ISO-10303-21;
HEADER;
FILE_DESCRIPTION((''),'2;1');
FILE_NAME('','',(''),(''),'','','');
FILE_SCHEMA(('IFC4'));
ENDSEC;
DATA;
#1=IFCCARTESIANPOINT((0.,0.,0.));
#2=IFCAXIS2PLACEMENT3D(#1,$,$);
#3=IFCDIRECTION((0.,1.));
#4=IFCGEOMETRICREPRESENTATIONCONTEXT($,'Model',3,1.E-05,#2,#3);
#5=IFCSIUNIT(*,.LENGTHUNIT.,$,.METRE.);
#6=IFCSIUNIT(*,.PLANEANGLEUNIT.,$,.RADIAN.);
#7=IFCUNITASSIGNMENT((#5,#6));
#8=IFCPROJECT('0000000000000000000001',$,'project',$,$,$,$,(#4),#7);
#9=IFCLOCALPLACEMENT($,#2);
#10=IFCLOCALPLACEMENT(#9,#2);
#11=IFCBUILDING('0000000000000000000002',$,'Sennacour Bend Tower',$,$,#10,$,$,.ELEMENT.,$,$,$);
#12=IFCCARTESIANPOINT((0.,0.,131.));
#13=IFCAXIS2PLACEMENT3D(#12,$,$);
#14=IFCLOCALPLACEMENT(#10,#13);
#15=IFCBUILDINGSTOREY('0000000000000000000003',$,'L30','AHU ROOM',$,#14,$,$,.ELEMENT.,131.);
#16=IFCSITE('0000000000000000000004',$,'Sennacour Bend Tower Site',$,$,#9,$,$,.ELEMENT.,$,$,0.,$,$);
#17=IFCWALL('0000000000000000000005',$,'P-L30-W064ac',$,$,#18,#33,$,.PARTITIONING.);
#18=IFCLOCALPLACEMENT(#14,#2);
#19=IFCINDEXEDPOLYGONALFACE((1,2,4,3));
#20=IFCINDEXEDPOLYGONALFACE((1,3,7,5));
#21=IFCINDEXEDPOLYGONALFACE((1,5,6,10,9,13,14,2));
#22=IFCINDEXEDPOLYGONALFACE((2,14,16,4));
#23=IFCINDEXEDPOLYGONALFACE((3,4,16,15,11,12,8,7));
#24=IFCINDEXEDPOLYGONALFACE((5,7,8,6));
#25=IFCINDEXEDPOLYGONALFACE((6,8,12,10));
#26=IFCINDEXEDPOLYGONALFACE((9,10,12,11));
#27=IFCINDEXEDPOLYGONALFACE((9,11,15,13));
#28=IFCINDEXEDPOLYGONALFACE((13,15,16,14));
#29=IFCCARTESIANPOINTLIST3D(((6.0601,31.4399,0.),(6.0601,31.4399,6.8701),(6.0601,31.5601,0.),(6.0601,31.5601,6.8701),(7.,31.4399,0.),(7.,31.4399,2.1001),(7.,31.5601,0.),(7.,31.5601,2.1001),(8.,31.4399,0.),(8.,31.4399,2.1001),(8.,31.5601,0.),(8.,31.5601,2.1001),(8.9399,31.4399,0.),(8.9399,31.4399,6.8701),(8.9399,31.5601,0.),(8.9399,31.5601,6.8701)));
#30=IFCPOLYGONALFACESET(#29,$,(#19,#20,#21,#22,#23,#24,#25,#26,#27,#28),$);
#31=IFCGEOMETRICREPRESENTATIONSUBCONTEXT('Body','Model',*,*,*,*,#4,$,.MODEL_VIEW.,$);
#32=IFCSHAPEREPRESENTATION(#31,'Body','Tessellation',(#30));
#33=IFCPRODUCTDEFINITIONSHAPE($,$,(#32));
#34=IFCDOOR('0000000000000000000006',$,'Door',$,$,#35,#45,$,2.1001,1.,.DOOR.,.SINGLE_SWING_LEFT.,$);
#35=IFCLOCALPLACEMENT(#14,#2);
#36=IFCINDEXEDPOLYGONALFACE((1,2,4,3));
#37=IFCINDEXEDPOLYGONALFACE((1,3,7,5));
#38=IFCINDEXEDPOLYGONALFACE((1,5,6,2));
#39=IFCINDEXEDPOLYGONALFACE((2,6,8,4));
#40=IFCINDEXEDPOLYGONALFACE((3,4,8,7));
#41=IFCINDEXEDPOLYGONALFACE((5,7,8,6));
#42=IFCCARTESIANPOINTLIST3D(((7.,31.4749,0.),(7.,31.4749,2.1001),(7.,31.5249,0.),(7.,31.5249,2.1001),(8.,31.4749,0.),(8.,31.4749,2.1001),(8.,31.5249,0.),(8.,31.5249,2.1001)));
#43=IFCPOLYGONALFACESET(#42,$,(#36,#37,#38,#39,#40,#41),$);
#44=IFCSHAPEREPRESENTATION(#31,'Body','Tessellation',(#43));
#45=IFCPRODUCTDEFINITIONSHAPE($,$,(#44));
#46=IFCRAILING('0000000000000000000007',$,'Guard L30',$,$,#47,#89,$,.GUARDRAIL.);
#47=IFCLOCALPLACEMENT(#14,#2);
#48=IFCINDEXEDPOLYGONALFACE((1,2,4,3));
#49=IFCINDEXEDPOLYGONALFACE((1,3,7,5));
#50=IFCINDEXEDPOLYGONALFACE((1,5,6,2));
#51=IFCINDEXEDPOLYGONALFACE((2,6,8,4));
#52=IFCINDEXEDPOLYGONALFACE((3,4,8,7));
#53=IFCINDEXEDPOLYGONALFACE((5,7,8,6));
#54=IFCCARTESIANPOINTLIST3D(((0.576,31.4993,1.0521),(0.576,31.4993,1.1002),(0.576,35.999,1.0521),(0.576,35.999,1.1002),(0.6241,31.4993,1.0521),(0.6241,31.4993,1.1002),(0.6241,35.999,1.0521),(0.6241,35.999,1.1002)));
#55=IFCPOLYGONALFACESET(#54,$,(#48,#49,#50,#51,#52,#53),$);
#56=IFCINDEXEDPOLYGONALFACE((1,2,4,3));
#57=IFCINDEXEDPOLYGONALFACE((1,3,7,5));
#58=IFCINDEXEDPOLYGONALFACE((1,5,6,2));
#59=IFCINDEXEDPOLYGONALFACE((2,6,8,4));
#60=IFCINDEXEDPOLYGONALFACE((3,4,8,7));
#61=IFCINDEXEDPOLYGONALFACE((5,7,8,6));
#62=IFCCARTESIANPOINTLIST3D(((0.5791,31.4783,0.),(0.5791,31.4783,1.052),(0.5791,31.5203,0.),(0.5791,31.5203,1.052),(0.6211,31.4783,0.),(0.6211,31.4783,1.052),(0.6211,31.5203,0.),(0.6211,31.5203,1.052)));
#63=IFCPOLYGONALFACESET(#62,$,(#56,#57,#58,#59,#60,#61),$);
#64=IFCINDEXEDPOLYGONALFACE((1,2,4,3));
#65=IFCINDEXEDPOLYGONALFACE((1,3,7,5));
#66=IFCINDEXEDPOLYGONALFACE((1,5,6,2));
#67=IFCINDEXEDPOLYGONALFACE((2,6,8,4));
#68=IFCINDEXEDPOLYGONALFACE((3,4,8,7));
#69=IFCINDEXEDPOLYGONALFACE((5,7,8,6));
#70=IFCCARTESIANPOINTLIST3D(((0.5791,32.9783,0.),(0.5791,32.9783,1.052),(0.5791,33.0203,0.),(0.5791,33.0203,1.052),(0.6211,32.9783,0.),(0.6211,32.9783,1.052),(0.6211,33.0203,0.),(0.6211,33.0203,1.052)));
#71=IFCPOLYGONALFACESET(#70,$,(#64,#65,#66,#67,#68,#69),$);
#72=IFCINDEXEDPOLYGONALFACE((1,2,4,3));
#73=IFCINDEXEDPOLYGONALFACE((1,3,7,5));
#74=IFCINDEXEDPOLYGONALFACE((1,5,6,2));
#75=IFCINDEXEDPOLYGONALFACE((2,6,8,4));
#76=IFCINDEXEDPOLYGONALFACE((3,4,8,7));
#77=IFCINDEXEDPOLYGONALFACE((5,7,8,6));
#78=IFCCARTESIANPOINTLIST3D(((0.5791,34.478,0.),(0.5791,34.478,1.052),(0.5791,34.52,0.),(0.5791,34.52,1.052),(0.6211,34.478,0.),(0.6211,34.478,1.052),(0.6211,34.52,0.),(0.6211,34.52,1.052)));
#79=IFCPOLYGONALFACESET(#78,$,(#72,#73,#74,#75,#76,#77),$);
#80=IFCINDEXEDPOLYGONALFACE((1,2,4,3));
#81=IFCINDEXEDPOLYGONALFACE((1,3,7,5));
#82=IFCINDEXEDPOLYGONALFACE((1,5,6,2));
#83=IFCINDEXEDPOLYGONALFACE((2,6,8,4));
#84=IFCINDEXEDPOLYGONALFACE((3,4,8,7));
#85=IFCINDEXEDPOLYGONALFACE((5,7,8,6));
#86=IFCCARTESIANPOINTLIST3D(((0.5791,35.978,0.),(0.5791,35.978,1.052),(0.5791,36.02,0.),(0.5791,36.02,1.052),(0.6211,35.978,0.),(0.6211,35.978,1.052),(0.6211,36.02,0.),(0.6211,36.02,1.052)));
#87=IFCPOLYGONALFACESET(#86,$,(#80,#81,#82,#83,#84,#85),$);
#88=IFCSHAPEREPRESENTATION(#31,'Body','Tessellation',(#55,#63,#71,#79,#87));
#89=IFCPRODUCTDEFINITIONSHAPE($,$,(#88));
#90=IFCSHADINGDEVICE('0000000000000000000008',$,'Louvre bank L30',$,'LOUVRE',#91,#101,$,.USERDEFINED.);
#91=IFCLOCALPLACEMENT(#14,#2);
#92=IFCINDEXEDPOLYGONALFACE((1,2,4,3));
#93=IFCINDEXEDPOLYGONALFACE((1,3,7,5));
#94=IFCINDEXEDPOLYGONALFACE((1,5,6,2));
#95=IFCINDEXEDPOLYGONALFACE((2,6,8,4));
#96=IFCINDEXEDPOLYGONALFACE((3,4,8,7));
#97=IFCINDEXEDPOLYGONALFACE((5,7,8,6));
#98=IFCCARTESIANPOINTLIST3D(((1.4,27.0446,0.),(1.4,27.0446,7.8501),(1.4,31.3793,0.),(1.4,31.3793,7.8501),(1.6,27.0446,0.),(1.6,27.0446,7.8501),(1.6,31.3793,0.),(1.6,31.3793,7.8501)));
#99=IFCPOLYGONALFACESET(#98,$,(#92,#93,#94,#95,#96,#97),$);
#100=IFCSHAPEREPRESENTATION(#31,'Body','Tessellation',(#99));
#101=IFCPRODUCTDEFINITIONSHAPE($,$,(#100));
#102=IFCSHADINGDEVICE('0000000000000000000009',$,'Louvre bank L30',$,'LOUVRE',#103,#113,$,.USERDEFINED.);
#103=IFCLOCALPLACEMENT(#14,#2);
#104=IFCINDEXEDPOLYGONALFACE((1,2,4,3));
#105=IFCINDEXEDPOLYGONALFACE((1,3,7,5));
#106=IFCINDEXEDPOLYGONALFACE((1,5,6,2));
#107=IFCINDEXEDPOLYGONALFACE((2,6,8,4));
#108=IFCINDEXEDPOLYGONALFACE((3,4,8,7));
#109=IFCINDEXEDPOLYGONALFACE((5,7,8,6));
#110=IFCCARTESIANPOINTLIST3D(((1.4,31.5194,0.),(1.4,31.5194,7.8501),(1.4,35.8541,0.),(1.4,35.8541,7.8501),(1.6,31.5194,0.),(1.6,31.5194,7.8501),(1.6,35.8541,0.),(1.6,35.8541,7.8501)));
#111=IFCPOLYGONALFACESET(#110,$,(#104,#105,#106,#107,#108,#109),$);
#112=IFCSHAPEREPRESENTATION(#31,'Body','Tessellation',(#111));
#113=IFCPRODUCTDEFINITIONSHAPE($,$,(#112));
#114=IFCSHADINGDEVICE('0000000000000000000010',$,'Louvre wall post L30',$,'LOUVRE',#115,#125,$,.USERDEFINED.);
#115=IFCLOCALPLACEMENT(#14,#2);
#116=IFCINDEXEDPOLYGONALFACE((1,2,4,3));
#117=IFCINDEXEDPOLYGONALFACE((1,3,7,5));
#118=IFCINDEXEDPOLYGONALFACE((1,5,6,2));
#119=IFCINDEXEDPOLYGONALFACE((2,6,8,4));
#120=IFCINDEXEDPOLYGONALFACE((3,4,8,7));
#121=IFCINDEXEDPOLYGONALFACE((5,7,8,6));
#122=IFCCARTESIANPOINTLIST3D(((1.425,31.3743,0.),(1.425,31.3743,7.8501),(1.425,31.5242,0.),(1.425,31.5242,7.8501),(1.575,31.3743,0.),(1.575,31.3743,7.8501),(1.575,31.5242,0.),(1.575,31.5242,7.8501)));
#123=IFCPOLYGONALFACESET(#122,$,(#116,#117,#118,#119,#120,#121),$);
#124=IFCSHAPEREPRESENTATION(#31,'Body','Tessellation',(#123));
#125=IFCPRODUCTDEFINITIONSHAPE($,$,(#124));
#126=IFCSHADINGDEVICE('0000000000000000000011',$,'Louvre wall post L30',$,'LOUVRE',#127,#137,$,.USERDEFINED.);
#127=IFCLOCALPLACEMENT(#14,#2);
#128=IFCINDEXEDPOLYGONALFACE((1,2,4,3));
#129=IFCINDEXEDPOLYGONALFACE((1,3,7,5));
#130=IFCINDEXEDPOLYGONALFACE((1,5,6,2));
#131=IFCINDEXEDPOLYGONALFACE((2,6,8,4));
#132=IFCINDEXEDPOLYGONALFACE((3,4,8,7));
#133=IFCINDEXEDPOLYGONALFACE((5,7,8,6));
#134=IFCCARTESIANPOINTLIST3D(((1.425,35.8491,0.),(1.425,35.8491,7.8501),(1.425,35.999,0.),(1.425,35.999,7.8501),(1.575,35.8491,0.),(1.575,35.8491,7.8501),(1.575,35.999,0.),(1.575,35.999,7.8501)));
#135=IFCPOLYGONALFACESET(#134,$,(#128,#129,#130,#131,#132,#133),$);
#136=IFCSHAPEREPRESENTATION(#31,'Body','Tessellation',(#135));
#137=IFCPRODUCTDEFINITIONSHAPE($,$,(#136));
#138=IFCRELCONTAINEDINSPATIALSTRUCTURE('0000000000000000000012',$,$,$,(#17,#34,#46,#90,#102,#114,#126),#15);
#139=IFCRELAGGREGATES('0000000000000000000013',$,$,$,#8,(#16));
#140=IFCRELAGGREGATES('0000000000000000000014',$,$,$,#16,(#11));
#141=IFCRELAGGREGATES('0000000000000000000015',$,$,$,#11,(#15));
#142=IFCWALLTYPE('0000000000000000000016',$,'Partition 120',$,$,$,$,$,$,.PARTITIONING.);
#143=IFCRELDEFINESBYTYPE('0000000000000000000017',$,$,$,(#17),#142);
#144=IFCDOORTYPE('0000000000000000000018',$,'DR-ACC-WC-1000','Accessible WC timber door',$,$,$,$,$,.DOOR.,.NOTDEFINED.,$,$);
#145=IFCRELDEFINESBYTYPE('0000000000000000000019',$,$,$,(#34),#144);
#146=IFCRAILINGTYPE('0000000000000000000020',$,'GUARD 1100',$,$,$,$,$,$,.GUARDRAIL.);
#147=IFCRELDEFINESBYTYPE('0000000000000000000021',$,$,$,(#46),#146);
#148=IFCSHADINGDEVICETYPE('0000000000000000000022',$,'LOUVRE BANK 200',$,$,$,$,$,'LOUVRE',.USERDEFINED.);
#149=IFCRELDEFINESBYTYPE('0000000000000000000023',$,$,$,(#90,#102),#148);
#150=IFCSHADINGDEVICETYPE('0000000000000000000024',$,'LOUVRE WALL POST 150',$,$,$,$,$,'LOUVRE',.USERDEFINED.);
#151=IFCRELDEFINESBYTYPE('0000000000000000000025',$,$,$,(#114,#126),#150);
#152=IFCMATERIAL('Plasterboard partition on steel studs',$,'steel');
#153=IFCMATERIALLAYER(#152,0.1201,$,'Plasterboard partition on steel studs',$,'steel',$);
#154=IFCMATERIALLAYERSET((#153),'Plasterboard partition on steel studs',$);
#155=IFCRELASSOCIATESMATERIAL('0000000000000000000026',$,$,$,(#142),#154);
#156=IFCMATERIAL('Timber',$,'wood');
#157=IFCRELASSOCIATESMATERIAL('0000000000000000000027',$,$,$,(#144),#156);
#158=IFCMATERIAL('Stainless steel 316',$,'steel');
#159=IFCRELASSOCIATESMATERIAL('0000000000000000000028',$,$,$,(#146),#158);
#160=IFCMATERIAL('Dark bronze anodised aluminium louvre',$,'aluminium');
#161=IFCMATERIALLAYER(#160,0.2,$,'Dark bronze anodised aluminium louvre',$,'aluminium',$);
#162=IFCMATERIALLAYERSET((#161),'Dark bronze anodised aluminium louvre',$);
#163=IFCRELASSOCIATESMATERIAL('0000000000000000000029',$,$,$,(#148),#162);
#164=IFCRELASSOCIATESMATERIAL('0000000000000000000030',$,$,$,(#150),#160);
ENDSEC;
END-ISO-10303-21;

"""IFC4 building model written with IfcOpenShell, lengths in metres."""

from ifc_helpers import new_model, si_unit, direction, frame, frame_2d, origin, origin_2d, place, context, subcontext, project, spatial, rectangle, extrude, material, layer, layer_set, type_object, element, fill, save


model = new_model("IFC4")

# Units and contexts
model_context = context("Model", 3, precision=1e-05, world=origin(), true_north=direction((0.0, 1.0)))
body_context = subcontext(model_context, "Body", "Model", "MODEL_VIEW")
ifc_project = project(units=[si_unit("LENGTHUNIT", "METRE"), si_unit("PLANEANGLEUNIT", "RADIAN")], contexts=[model_context])

# Site, building, storey
site_placement = place(None, origin())
site = spatial("IfcSite", under=ifc_project, at=site_placement, Name="Sennacour Bend Tower Site", CompositionType="ELEMENT", RefElevation=0.0)
building_placement = place(site_placement, origin())
building = spatial("IfcBuilding", under=site, at=building_placement, Name="Sennacour Bend Tower", CompositionType="ELEMENT")
storey_placement = place(building_placement, frame((0.0, 0.0, 131.0)))
storey = spatial("IfcBuildingStorey", under=building, at=storey_placement, Name="L30", Description="AHU ROOM", CompositionType="ELEMENT", Elevation=131.0)

# Wall, opening, door
ifc_material_1 = material(Name="Plasterboard partition on steel studs", Category="steel")
ifc_layer_1 = layer(ifc_material_1, 0.1201, Name="Plasterboard partition on steel studs", Category="steel")
ifc_layer_set_1 = layer_set([ifc_layer_1], Name="Plasterboard partition on steel studs")
wall_type = type_object("IfcWallType", Name="Partition 120", PredefinedType="PARTITIONING", material=ifc_layer_set_1)
ifc_material_2 = material(Name="Timber", Category="wood")
wall_1_placement = place(storey_placement, frame((6.0601, 31.5, 0.0), z_axis=(0.0, 0.0, 1.0), x_axis=(1.0, 0.0, 0.0)))
wall_1 = element("IfcWall", 1, at=wall_1_placement, inside=storey, type_object=wall_type, Name="P-L30-W064ac", PredefinedType="PARTITIONING", context=body_context, shape_type="SweptSolid", body=[
    extrude(rectangle(XDim=2.8799, YDim=0.1201, at=frame_2d((1.4399, 0.0))), origin(), (0.0, 0.0, 1.0), 6.8701),
])
opening_1_placement = place(wall_1_placement, frame((0.9399, 0.0, 0.0)))
opening_1 = element("IfcOpeningElement", 2, at=opening_1_placement, cuts=wall_1, PredefinedType="OPENING", context=body_context, shape_type="SweptSolid", body=[
    extrude(rectangle(XDim=1.0, YDim=2.1001, at=frame_2d((0.5, 1.05))), frame((0.0, 0.0701, 0.0), z_axis=(0.0, -1.0, 0.0), x_axis=(1.0, 0.0, 0.0)), (0.0, 0.0, 1.0), 0.1401),
])
door_type_1 = type_object("IfcDoorType", Name="DR-ACC-WC-1000", Description="Accessible WC timber door", OperationType="NOTDEFINED", PredefinedType="DOOR", material=ifc_material_2)
door_1_placement = place(opening_1_placement, origin())
door_1 = element("IfcDoor", 3, at=door_1_placement, inside=storey, type_object=door_type_1, Name="Door", OperationType="SINGLE_SWING_LEFT", OverallHeight=2.1001, OverallWidth=1.0, PredefinedType="DOOR", context=body_context, shape_type="SweptSolid", body=[
    extrude(rectangle(XDim=1.0, YDim=2.1001, at=frame_2d((0.5, 1.05))), frame((0.0, 0.0249, 0.0), z_axis=(0.0, -1.0, 0.0), x_axis=(1.0, 0.0, 0.0)), (0.0, 0.0, 1.0), 0.05),
])
fill(opening_1, door_1)

# Railing
ifc_material_3 = material(Name="Stainless steel 316", Category="steel")
railing_type = type_object("IfcRailingType", Name="GUARD 1100", PredefinedType="GUARDRAIL", material=ifc_material_3)
railing_placement = place(storey_placement, frame((0.6001, 31.4993, 0.0)))
element("IfcRailing", 4, at=railing_placement, inside=storey, type_object=railing_type, Name="Guard L30", PredefinedType="GUARDRAIL", context=body_context, shape_type="SweptSolid", body=[
    extrude(rectangle(XDim=0.0481, YDim=0.0481, at=origin_2d()), frame((0.0, 0.0, 1.0762), z_axis=(0.0, 1.0, 0.0), x_axis=(-1.0, 0.0, 0.0)), (0.0, 0.0, 1.0), 4.4998),
    extrude(rectangle(XDim=0.042, YDim=0.042, at=origin_2d()), origin(), (0.0, 0.0, 1.0), 1.052),
    extrude(rectangle(XDim=0.042, YDim=0.042, at=origin_2d()), frame((0.0, 1.5, 0.0)), (0.0, 0.0, 1.0), 1.052),
    extrude(rectangle(XDim=0.042, YDim=0.042, at=origin_2d()), frame((0.0, 2.9998, 0.0)), (0.0, 0.0, 1.0), 1.052),
    extrude(rectangle(XDim=0.042, YDim=0.042, at=origin_2d()), frame((0.0, 4.4998, 0.0)), (0.0, 0.0, 1.0), 1.052),
])

# Shading devices
ifc_material_4 = material(Name="Dark bronze anodised aluminium louvre", Category="aluminium")
ifc_layer_2 = layer(ifc_material_4, 0.2, Name="Dark bronze anodised aluminium louvre", Category="aluminium")
ifc_layer_set_2 = layer_set([ifc_layer_2], Name="Dark bronze anodised aluminium louvre")
shading_device_type_1 = type_object("IfcShadingDeviceType", Name="LOUVRE BANK 200", ElementType="LOUVRE", PredefinedType="USERDEFINED", material=ifc_layer_set_2)
for number, where, z_axis, x_axis, name in (
    (5, (1.5, 29.2119, 0.0), (0.0, 0.0, 1.0), (0.0, 1.0, 0.0), "Louvre bank L30"),
    (6, (1.5, 33.6868, 0.0), (0.0, 0.0, 1.0), (0.0, 1.0, 0.0), "Louvre bank L30"),
):
    element("IfcShadingDevice", number, at=place(storey_placement, frame(where, z_axis=z_axis, x_axis=x_axis)), inside=storey, type_object=shading_device_type_1, Name=name, ObjectType="LOUVRE", PredefinedType="USERDEFINED", context=body_context, shape_type="SweptSolid", body=[
        extrude(rectangle(XDim=4.3347, YDim=0.2, at=origin_2d()), origin(), (0.0, 0.0, 1.0), 7.8501),
    ])
shading_device_type_2 = type_object("IfcShadingDeviceType", Name="LOUVRE WALL POST 150", ElementType="LOUVRE", PredefinedType="USERDEFINED", material=ifc_material_4)
for number, where, z_axis, x_axis, name in (
    (7, (1.5, 31.4492, 0.0), (0.0, 0.0, 1.0), (1.0, 0.0, 0.0), "Louvre wall post L30"),
    (8, (1.5, 35.9241, 0.0), (0.0, 0.0, 1.0), (1.0, 0.0, 0.0), "Louvre wall post L30"),
):
    element("IfcShadingDevice", number, at=place(storey_placement, frame(where, z_axis=z_axis, x_axis=x_axis)), inside=storey, type_object=shading_device_type_2, Name=name, ObjectType="LOUVRE", PredefinedType="USERDEFINED", context=body_context, shape_type="SweptSolid", body=[
        extrude(rectangle(XDim=0.1499, YDim=0.1499, at=origin_2d()), origin(), (0.0, 0.0, 1.0), 7.8501),
    ])

save(model, "model.ifc")
